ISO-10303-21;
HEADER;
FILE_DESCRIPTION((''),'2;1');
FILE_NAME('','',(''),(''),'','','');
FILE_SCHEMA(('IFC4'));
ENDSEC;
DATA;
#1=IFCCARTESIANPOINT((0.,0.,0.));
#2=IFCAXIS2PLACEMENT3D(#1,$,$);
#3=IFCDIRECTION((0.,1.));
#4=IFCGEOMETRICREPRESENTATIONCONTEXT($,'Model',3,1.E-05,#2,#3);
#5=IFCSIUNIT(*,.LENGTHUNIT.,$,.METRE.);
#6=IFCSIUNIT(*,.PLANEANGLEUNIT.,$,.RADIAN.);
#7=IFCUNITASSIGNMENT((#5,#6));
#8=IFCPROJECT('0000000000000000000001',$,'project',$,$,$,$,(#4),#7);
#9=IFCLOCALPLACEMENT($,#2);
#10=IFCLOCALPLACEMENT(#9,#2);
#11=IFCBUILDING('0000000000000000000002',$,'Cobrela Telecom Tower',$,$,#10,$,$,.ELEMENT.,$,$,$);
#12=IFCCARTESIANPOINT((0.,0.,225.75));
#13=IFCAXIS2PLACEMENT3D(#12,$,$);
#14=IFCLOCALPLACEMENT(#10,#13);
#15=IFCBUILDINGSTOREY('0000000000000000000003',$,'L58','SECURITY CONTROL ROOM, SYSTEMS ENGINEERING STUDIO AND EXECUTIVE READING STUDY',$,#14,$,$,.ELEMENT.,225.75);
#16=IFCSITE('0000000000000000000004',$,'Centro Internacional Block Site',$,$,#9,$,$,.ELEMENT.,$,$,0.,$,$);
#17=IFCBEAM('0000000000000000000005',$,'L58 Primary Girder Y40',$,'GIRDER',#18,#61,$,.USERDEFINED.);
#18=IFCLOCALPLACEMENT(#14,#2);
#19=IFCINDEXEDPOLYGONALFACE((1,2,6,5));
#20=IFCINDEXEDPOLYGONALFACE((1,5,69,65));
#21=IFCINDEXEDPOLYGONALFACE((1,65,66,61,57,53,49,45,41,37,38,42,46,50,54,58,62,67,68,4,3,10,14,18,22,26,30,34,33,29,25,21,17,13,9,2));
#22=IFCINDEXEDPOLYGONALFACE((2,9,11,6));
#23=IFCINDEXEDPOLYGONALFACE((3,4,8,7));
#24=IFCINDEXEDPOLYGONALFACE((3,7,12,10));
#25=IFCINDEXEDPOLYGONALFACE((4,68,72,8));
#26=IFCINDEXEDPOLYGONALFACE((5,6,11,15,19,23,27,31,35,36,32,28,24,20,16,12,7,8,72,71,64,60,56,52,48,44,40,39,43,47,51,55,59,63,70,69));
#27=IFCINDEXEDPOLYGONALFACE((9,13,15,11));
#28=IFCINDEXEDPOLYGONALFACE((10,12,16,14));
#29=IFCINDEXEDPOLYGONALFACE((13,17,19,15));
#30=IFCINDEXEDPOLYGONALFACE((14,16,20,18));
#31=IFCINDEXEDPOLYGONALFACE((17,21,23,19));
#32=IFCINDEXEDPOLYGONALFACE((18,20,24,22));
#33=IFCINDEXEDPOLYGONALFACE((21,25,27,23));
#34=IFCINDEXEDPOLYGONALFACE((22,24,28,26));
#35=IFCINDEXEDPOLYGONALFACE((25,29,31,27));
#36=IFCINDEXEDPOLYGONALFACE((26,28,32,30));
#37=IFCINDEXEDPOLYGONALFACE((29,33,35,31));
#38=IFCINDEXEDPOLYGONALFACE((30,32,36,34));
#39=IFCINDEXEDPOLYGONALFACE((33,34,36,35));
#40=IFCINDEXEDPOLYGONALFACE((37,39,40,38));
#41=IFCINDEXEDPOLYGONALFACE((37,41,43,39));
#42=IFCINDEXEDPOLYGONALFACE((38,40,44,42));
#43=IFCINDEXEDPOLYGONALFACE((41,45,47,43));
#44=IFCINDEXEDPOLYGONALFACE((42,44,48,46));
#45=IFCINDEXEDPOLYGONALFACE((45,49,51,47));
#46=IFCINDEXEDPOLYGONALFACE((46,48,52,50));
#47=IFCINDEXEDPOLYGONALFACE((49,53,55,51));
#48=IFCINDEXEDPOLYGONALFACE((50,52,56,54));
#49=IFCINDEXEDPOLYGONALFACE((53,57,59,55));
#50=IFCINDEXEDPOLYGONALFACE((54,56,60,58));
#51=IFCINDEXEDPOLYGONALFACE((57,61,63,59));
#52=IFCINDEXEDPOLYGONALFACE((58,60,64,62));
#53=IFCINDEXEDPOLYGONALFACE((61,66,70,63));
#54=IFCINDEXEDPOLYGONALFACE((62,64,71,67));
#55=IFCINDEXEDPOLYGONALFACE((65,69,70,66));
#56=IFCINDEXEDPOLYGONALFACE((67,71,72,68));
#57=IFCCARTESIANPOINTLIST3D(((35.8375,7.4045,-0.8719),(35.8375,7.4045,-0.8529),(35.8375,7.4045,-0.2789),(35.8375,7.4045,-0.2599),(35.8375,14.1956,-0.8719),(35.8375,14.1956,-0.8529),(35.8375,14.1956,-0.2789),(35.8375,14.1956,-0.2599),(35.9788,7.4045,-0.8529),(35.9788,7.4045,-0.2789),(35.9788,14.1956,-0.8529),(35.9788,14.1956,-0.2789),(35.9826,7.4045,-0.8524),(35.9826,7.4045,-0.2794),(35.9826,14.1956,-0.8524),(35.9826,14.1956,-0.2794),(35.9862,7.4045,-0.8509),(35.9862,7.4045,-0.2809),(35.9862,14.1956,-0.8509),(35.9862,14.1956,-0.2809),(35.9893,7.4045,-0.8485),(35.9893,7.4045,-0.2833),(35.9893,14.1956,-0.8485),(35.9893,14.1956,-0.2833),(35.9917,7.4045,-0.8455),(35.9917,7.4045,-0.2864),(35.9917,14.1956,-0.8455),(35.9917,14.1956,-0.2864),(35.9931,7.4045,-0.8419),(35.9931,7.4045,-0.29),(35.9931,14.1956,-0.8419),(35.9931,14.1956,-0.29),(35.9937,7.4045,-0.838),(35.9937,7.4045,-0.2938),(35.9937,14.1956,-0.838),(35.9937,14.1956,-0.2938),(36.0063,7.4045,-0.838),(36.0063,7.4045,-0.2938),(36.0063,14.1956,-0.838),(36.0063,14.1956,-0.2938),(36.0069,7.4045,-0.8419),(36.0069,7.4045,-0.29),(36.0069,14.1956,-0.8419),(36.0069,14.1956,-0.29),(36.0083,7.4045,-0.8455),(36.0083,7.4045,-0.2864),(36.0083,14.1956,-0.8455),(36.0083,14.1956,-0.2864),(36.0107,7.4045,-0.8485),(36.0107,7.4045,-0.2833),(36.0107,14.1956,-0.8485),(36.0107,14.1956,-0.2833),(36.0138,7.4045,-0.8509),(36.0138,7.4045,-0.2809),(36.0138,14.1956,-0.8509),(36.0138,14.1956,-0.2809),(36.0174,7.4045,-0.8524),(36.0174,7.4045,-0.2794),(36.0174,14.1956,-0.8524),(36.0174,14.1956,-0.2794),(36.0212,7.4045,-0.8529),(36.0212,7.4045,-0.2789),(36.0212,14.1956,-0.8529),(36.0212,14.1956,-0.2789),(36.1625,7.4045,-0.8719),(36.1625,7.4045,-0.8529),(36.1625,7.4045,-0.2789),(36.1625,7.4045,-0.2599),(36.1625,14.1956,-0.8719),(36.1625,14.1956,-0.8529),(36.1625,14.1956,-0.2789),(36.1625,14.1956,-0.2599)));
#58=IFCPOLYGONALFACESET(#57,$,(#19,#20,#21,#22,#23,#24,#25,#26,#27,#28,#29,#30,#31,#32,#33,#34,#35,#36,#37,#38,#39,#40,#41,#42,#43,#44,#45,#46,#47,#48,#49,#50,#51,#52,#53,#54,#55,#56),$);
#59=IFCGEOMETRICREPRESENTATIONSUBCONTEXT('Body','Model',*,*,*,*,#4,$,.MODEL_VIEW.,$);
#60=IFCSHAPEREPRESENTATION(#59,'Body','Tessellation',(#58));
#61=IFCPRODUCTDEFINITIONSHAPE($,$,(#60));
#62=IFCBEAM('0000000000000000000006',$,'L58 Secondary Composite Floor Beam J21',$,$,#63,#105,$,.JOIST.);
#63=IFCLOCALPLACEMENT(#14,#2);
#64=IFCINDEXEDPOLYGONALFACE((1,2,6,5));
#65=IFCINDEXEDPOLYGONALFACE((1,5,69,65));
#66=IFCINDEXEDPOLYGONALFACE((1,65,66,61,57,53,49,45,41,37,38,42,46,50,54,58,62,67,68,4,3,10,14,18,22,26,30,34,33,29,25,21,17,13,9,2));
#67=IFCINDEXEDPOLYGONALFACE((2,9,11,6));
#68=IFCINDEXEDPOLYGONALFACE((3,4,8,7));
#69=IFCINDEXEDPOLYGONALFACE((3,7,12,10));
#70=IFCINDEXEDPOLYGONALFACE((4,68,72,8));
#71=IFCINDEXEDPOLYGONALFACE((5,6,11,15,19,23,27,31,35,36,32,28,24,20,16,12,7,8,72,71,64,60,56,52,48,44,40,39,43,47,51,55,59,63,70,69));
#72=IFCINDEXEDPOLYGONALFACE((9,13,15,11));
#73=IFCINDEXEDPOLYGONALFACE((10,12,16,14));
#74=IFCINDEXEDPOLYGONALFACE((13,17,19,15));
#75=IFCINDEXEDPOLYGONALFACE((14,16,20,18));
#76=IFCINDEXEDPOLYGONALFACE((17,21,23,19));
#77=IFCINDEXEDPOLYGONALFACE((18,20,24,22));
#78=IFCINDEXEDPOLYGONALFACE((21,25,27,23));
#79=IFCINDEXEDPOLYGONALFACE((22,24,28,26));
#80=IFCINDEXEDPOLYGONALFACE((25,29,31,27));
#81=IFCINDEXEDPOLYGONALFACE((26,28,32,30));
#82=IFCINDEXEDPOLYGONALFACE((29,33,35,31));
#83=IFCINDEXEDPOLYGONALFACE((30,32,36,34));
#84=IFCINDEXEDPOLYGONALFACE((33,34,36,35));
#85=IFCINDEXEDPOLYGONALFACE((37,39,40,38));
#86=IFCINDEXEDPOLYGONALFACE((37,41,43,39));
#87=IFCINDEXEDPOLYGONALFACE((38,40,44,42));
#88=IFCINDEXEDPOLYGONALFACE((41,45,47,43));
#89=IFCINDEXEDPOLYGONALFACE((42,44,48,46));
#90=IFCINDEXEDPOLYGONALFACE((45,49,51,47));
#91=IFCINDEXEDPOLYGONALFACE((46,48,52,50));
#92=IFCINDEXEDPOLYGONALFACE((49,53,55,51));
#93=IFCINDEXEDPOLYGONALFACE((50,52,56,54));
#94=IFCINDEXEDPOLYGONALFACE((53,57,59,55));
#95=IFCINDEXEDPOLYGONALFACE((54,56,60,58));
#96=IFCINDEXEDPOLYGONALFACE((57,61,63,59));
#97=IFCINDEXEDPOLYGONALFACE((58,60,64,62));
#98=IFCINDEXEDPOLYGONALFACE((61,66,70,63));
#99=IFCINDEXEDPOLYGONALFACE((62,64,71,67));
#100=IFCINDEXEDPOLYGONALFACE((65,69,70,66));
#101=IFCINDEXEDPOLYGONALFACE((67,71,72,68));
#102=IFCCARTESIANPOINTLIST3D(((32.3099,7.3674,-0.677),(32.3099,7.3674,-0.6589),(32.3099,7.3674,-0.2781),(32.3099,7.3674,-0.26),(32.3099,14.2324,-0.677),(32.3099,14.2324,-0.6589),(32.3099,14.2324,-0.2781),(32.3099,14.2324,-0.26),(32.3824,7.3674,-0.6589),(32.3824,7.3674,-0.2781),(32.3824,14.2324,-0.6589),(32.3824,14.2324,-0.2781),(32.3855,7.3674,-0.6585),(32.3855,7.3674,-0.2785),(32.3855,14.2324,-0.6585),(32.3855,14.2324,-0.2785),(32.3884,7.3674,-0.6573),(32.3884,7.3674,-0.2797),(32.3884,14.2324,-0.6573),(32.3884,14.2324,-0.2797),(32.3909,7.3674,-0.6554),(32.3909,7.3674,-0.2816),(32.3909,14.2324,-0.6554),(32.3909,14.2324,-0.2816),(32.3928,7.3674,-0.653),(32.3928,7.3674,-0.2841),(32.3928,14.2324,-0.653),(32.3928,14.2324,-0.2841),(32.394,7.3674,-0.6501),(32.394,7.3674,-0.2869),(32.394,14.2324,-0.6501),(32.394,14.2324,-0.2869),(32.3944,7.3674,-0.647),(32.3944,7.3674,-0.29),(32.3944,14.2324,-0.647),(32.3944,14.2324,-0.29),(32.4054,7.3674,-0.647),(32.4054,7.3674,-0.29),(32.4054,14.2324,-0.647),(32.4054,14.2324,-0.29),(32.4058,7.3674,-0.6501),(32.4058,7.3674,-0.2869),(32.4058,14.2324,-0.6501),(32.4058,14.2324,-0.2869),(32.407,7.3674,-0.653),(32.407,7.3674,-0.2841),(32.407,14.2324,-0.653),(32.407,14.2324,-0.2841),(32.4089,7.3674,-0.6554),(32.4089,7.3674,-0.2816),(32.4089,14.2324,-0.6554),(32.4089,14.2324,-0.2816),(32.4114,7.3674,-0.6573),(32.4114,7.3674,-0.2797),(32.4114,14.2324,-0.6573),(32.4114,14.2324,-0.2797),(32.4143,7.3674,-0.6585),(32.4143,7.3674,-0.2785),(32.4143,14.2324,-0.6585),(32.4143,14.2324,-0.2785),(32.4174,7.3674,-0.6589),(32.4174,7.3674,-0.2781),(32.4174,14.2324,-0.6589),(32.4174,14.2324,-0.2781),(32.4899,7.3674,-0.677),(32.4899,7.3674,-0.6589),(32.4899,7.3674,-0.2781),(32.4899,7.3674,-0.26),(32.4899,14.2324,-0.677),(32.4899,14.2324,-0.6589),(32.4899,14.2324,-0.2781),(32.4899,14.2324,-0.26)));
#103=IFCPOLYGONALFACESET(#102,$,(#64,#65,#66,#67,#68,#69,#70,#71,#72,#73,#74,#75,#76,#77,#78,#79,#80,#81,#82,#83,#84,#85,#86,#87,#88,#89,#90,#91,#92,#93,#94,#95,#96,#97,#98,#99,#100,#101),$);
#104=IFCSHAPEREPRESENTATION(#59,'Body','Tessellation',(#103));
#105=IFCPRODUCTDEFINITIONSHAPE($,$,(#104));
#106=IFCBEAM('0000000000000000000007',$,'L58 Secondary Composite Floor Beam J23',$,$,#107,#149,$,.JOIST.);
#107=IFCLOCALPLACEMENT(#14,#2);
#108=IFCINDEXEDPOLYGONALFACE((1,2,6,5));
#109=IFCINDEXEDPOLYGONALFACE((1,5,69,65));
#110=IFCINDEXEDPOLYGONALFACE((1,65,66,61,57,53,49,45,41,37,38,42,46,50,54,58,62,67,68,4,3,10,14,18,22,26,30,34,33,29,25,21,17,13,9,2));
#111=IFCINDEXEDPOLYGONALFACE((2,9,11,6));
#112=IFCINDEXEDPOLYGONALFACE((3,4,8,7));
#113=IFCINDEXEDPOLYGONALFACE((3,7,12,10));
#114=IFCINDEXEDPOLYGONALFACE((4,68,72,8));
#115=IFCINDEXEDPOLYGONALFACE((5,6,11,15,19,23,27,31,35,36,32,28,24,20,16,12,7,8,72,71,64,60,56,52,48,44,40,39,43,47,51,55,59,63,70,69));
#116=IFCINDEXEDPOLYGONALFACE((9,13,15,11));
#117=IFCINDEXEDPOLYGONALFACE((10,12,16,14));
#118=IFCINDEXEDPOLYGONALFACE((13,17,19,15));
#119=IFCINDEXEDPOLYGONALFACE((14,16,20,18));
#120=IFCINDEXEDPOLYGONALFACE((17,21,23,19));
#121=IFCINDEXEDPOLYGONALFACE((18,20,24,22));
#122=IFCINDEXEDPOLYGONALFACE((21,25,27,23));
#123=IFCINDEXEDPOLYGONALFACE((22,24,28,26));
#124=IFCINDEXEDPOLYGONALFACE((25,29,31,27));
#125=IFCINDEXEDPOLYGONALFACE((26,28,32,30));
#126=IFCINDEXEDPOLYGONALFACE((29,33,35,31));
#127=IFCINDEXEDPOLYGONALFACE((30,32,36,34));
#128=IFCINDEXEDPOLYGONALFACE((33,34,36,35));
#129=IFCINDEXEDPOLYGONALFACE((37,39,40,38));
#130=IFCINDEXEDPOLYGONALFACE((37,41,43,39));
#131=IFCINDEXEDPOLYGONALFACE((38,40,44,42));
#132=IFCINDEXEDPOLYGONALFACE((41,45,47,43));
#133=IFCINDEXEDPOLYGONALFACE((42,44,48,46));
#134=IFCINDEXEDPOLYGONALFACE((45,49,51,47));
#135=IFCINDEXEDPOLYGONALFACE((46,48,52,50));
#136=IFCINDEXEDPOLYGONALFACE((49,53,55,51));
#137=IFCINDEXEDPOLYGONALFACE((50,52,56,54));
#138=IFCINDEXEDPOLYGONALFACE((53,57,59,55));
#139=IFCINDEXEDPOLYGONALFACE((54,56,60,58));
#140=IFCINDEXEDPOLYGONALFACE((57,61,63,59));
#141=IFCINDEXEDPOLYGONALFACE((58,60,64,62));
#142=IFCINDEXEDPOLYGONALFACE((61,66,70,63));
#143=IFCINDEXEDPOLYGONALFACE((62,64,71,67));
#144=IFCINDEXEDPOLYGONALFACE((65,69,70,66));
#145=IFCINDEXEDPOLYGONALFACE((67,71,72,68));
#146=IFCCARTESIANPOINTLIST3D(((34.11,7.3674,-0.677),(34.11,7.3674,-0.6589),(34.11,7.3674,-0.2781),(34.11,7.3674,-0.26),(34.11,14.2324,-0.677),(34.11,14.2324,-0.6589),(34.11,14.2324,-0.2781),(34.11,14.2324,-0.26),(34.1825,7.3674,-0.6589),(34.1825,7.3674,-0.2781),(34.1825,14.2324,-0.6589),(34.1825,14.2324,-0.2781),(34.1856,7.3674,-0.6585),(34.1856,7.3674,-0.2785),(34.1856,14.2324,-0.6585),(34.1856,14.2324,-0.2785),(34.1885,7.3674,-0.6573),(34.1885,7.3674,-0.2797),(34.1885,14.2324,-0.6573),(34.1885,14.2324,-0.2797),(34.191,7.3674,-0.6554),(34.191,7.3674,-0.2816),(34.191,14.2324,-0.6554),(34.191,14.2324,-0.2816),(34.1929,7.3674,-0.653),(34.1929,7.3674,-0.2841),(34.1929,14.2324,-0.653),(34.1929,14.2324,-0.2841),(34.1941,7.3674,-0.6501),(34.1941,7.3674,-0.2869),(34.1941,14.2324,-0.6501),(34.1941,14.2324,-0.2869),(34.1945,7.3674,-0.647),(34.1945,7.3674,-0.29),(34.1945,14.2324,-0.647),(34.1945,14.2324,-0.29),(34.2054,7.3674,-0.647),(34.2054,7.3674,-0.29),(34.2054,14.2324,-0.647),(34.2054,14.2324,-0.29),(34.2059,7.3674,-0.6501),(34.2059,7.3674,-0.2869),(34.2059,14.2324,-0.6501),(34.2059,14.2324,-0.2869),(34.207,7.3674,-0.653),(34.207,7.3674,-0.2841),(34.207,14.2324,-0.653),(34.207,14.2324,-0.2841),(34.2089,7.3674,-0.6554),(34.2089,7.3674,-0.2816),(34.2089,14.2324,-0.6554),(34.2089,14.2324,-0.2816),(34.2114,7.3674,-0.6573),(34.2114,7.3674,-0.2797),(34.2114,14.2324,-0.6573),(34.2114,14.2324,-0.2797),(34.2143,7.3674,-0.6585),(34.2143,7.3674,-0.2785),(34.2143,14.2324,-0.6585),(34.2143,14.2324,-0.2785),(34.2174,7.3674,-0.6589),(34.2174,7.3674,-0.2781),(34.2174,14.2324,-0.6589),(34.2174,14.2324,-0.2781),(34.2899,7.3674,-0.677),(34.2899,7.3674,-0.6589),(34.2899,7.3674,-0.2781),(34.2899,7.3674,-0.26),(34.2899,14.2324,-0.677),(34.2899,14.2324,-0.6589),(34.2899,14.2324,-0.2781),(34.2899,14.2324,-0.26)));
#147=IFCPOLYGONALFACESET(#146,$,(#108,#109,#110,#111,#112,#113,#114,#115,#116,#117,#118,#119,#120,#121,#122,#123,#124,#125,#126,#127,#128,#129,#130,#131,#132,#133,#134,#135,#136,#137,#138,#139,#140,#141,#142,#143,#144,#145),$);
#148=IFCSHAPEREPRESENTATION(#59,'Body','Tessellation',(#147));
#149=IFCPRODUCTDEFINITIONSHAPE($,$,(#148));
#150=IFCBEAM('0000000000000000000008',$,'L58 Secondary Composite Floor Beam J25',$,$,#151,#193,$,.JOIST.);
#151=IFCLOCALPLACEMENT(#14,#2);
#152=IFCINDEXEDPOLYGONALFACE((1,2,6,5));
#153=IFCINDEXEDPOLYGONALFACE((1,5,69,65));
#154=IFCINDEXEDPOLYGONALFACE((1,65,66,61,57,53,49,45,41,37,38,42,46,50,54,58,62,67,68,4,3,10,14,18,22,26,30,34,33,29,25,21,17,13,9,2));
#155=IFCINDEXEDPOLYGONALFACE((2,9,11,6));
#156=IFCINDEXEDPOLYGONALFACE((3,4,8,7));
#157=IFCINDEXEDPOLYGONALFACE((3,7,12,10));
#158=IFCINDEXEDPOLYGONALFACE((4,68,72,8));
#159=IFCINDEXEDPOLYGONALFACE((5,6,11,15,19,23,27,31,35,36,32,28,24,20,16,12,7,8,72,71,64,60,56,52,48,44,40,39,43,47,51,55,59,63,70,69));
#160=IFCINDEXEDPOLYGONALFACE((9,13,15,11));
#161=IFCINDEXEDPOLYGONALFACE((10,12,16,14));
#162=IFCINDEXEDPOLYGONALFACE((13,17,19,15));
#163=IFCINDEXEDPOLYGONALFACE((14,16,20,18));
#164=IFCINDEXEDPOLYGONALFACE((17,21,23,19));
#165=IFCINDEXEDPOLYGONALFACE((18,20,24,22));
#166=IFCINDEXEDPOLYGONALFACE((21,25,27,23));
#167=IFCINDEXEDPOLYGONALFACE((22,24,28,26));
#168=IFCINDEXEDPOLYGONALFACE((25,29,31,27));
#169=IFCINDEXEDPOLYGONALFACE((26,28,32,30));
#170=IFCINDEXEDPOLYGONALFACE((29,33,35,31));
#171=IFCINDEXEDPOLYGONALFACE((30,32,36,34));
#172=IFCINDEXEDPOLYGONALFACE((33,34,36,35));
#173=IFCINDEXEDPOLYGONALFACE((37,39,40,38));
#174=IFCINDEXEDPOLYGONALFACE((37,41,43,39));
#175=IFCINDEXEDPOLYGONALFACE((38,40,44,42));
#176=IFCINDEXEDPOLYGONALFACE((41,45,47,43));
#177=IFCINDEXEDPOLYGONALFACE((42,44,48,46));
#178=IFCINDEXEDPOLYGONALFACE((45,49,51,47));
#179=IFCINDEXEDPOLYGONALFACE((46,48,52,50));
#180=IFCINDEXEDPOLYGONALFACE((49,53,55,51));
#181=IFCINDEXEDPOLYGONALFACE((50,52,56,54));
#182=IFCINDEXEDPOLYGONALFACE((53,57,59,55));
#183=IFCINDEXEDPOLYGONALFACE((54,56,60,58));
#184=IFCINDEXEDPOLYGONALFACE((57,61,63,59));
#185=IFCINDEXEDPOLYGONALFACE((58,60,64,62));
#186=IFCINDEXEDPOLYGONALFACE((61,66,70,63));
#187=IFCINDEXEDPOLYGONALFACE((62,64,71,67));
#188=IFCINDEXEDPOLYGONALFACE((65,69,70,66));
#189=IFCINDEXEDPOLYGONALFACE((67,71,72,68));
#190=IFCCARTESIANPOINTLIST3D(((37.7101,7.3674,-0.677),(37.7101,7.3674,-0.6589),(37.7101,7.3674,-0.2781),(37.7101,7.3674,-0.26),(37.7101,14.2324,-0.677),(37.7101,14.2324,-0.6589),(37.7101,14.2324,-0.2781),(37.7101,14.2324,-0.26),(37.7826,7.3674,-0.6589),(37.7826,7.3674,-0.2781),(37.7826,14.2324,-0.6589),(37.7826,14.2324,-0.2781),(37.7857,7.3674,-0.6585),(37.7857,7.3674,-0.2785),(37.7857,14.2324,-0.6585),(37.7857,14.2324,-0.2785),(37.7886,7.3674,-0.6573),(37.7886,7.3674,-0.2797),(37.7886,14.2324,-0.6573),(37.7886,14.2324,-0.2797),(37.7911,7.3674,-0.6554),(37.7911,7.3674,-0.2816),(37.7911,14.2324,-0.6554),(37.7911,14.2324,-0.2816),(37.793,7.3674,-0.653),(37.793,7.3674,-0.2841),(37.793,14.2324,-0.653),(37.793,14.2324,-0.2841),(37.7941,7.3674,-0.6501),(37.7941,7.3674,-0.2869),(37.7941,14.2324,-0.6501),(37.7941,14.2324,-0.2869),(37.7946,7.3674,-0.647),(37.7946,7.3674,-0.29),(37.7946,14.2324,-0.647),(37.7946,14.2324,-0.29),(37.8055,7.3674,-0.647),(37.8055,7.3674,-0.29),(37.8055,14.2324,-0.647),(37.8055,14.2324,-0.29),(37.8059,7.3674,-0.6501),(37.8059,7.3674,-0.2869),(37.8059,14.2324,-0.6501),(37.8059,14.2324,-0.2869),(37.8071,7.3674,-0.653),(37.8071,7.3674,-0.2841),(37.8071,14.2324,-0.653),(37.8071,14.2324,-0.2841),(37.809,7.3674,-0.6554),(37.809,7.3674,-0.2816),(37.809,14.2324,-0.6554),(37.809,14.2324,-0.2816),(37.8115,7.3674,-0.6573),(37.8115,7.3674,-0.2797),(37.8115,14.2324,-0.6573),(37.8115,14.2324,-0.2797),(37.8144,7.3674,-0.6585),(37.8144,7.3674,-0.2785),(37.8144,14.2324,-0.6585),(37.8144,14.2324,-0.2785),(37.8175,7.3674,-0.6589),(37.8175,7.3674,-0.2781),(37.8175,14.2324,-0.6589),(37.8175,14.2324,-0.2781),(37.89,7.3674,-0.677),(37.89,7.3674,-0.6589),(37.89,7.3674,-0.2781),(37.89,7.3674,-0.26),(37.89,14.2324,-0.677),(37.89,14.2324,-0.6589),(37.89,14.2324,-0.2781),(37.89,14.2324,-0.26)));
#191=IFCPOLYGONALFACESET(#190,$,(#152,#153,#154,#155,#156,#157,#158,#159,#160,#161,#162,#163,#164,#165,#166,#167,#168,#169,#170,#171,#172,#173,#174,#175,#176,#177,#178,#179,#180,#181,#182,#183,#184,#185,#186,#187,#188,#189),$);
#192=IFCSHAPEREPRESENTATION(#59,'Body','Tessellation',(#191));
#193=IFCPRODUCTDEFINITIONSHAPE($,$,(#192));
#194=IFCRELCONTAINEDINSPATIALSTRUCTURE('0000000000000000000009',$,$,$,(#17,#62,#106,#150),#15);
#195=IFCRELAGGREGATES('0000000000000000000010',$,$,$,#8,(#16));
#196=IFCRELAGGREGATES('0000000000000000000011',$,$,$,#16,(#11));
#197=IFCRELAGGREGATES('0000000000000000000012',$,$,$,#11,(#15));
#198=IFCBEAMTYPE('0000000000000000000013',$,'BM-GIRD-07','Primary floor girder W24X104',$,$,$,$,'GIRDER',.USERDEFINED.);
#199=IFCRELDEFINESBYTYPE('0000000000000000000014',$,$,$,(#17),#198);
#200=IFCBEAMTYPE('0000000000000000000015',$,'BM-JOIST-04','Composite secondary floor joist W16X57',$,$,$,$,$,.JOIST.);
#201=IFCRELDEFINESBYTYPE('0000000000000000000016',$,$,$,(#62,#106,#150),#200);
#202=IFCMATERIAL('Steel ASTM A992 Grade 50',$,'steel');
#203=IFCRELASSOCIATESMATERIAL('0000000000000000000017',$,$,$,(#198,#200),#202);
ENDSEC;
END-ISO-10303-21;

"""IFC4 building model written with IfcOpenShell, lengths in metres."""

from ifc_helpers import new_model, si_unit, direction, frame, origin, origin_2d, place, context, subcontext, project, spatial, i_section, extrude, material, material_profile, profile_set, type_object, element, save


model = new_model("IFC4")

# Units and contexts
model_context = context("Model", 3, precision=1e-05, world=origin(), true_north=direction((0.0, 1.0)))
body_context = subcontext(model_context, "Body", "Model", "MODEL_VIEW")
ifc_project = project(units=[si_unit("LENGTHUNIT", "METRE"), si_unit("PLANEANGLEUNIT", "RADIAN")], contexts=[model_context])

# Site, building, storey
site_placement = place(None, origin())
site = spatial("IfcSite", under=ifc_project, at=site_placement, Name="Centro Internacional Block Site", CompositionType="ELEMENT", RefElevation=0.0)
building_placement = place(site_placement, origin())
building = spatial("IfcBuilding", under=site, at=building_placement, Name="Cobrela Telecom Tower", CompositionType="ELEMENT")
storey_placement = place(building_placement, frame((0.0, 0.0, 225.75)))
storey = spatial("IfcBuildingStorey", under=building, at=storey_placement, Name="L58", Description="SECURITY CONTROL ROOM, SYSTEMS ENGINEERING STUDIO AND EXECUTIVE READING STUDY", CompositionType="ELEMENT", Elevation=225.75)

# Shared definitions
ifc_material_1 = material(Name="Steel ASTM A992 Grade 50", Category="steel")

# Beams
ifc_material_profile_1 = material_profile(ifc_material_1, i_section(OverallWidth=0.325, OverallDepth=0.6121, WebThickness=0.0127, FlangeThickness=0.019, FilletRadius=0.0149, at=origin_2d()), Name="W24X104")
ifc_profile_set_1 = profile_set([ifc_material_profile_1], Name="Steel ASTM A992 Grade 50")
beam_type_1 = type_object("IfcBeamType", Name="BM-GIRD-07", Description="Primary floor girder W24X104", ElementType="GIRDER", PredefinedType="USERDEFINED", material=ifc_profile_set_1)
beam_1_placement = place(storey_placement, frame((36.0, 7.4045, -0.5659), z_axis=(0.0, 1.0, 0.0), x_axis=(-1.0, 0.0, 0.0)))
element("IfcBeam", 1, at=beam_1_placement, inside=storey, type_object=beam_type_1, Name="L58 Primary Girder Y40", ObjectType="GIRDER", PredefinedType="USERDEFINED", context=body_context, shape_type="SweptSolid", body=[
    extrude(i_section(OverallWidth=0.325, OverallDepth=0.6121, WebThickness=0.0127, FlangeThickness=0.019, FilletRadius=0.0149, at=origin_2d()), origin(), (0.0, 0.0, 1.0), 6.791),
])
ifc_material_profile_2 = material_profile(ifc_material_1, i_section(OverallWidth=0.1799, OverallDepth=0.417, WebThickness=0.011, FlangeThickness=0.0181, FilletRadius=0.012, at=origin_2d()), Name="W16X57")
ifc_profile_set_2 = profile_set([ifc_material_profile_2], Name="Steel ASTM A992 Grade 50")
beam_type_2 = type_object("IfcBeamType", Name="BM-JOIST-04", Description="Composite secondary floor joist W16X57", PredefinedType="JOIST", material=ifc_profile_set_2)
for number, where, z_axis, x_axis, name in (
    (2, (32.3999, 7.3674, -0.4685), (0.0, 1.0, 0.0), (-1.0, 0.0, 0.0), "L58 Secondary Composite Floor Beam J21"),
    (3, (34.2, 7.3674, -0.4685), (0.0, 1.0, 0.0), (-1.0, 0.0, 0.0), "L58 Secondary Composite Floor Beam J23"),
    (4, (37.8, 7.3674, -0.4685), (0.0, 1.0, 0.0), (-1.0, 0.0, 0.0), "L58 Secondary Composite Floor Beam J25"),
):
    element("IfcBeam", number, at=place(storey_placement, frame(where, z_axis=z_axis, x_axis=x_axis)), inside=storey, type_object=beam_type_2, Name=name, PredefinedType="JOIST", context=body_context, shape_type="SweptSolid", body=[
        extrude(i_section(OverallWidth=0.1799, OverallDepth=0.417, WebThickness=0.011, FlangeThickness=0.0181, FilletRadius=0.012, at=origin_2d()), origin(), (0.0, 0.0, 1.0), 6.865),
    ])

save(model, "model.ifc")
